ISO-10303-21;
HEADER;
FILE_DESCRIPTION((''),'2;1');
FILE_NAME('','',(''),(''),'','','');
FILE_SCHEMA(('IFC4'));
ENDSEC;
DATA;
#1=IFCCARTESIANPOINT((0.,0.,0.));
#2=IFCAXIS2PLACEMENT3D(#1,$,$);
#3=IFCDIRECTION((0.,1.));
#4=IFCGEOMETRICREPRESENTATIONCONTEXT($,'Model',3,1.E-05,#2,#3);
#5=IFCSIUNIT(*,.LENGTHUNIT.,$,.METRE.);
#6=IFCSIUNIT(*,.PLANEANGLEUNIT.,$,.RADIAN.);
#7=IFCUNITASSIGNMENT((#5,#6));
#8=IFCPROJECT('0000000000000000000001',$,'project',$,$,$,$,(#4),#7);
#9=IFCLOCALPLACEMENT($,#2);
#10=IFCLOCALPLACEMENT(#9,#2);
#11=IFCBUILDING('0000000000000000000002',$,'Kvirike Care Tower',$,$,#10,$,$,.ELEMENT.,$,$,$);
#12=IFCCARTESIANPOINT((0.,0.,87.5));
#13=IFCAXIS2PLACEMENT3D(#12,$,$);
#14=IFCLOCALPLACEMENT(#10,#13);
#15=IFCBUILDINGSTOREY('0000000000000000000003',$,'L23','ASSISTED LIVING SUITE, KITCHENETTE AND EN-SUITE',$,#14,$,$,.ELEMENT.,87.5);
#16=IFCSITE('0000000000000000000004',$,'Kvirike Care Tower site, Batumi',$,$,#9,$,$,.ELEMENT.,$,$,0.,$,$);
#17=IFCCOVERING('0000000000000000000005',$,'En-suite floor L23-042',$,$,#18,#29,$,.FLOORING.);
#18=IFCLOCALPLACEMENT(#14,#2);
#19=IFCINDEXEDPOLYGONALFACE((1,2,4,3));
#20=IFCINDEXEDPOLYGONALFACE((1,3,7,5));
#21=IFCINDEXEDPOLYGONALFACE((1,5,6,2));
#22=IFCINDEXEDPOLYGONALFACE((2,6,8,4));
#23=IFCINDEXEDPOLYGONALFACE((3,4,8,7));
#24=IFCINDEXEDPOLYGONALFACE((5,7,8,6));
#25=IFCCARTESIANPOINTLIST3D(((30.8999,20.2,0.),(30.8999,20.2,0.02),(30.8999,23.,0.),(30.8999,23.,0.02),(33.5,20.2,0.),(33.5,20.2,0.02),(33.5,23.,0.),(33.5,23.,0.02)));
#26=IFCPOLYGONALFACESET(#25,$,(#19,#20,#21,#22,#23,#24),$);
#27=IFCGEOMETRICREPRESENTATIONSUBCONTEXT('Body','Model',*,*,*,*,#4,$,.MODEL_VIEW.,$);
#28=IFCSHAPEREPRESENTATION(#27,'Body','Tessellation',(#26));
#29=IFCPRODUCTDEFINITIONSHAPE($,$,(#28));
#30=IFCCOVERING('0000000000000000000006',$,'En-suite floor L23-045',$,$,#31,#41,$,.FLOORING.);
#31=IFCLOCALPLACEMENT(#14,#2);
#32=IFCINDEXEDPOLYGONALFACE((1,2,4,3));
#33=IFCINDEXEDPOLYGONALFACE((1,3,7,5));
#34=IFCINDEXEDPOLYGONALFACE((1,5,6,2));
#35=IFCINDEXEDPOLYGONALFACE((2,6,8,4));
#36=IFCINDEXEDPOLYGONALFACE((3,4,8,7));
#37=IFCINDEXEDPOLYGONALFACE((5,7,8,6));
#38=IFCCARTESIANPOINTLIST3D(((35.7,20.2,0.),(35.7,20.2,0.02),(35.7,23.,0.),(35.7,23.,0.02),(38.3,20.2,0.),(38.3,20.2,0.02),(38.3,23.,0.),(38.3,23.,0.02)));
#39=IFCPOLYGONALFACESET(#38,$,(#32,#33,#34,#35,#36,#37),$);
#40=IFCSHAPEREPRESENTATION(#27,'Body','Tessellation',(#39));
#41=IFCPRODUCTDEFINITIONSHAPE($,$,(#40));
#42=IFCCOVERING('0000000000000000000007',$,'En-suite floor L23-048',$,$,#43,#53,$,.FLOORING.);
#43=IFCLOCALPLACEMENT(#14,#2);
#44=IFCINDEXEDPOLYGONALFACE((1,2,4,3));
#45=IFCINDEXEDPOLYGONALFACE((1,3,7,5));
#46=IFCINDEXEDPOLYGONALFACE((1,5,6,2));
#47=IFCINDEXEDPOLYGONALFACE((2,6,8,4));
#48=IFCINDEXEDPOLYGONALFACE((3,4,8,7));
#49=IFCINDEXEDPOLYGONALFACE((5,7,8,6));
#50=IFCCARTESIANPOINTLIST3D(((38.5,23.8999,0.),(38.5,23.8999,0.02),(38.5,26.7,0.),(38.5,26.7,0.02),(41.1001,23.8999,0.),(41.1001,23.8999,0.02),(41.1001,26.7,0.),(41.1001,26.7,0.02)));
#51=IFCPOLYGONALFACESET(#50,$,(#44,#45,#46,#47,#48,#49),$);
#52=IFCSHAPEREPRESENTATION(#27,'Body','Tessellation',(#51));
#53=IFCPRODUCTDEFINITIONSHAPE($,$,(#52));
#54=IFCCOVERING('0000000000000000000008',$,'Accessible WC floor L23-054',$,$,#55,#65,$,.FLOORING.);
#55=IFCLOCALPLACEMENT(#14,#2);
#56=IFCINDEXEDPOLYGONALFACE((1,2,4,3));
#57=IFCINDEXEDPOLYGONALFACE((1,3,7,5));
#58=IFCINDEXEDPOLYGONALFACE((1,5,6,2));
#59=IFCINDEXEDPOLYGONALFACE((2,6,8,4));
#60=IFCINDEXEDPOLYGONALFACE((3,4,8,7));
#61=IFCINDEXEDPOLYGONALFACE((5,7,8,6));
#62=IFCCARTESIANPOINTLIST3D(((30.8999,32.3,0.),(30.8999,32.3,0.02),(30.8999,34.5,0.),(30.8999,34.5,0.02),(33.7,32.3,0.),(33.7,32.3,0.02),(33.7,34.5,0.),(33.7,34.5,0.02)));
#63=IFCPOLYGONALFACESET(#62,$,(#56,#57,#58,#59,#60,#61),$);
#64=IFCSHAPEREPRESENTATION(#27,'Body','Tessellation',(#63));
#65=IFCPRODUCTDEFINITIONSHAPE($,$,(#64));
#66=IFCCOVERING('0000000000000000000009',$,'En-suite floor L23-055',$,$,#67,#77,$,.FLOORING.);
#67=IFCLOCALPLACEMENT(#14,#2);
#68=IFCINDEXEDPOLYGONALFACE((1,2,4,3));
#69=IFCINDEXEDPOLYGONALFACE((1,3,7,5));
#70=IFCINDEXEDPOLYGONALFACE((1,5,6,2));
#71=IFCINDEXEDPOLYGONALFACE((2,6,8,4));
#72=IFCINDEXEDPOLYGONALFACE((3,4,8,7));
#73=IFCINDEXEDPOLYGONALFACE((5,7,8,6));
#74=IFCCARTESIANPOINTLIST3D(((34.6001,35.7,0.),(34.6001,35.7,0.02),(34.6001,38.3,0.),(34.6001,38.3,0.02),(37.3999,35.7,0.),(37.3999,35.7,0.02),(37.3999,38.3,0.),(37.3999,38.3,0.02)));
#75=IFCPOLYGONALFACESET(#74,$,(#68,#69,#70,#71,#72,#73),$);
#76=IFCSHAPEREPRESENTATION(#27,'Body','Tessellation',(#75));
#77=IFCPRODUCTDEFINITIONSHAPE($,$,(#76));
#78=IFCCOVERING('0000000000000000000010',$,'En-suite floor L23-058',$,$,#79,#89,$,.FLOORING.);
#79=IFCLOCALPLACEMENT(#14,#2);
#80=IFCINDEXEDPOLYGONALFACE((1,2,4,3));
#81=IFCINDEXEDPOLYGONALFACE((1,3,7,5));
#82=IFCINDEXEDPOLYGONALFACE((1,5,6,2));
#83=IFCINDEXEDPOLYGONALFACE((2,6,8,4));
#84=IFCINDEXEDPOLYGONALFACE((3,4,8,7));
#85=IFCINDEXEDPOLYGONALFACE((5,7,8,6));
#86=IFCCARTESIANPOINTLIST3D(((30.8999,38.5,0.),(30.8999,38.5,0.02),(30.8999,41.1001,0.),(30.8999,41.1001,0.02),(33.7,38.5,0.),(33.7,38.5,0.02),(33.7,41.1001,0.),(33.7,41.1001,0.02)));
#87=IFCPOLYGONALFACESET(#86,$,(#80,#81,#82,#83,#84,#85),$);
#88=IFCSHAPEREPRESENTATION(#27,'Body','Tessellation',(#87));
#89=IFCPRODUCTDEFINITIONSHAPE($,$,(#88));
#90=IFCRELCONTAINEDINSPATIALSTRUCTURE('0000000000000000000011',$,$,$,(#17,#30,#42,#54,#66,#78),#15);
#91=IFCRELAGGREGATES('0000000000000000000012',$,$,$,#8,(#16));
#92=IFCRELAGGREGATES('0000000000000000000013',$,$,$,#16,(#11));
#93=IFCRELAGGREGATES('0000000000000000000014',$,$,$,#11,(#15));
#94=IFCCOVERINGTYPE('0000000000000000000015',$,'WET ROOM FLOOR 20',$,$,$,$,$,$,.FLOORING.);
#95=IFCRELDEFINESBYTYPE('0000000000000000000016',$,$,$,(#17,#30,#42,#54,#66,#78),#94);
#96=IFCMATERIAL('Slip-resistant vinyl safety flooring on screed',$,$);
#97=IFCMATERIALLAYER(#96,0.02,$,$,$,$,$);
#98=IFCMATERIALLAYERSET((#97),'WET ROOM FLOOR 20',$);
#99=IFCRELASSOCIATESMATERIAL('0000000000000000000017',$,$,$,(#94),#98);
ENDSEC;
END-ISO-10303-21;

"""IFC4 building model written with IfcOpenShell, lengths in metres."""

from ifc_helpers import new_model, si_unit, direction, frame, origin, place, context, subcontext, project, spatial, polyline, outline, extrude, material, layer, layer_set, type_object, element, save


model = new_model("IFC4")

# Units and contexts
model_context = context("Model", 3, precision=1e-05, world=origin(), true_north=direction((0.0, 1.0)))
body_context = subcontext(model_context, "Body", "Model", "MODEL_VIEW")
ifc_project = project(units=[si_unit("LENGTHUNIT", "METRE"), si_unit("PLANEANGLEUNIT", "RADIAN")], contexts=[model_context])

# Site, building, storey
site_placement = place(None, origin())
site = spatial("IfcSite", under=ifc_project, at=site_placement, Name="Kvirike Care Tower site, Batumi", CompositionType="ELEMENT", RefElevation=0.0)
building_placement = place(site_placement, origin())
building = spatial("IfcBuilding", under=site, at=building_placement, Name="Kvirike Care Tower", CompositionType="ELEMENT")
storey_placement = place(building_placement, frame((0.0, 0.0, 87.5)))
storey = spatial("IfcBuildingStorey", under=building, at=storey_placement, Name="L23", Description="ASSISTED LIVING SUITE, KITCHENETTE AND EN-SUITE", CompositionType="ELEMENT", Elevation=87.5)

# Coverings
ifc_material_1 = material(Name="Slip-resistant vinyl safety flooring on screed")
ifc_layer_1 = layer(ifc_material_1, 0.02)
ifc_layer_set_1 = layer_set([ifc_layer_1], Name="WET ROOM FLOOR 20")
covering_type_1 = type_object("IfcCoveringType", Name="WET ROOM FLOOR 20", PredefinedType="FLOORING", material=ifc_layer_set_1)
covering_1_placement = place(storey_placement, origin())
element("IfcCovering", 1, at=covering_1_placement, inside=storey, type_object=covering_type_1, Name="En-suite floor L23-042", PredefinedType="FLOORING", context=body_context, shape_type="SweptSolid", body=[
    extrude(outline(polyline([(30.8999, 20.2), (30.8999, 23.0), (33.5, 23.0), (33.5, 20.2), (30.8999, 20.2)])), origin(), (0.0, 0.0, 1.0), 0.02),
])
covering_2_placement = place(storey_placement, origin())
element("IfcCovering", 2, at=covering_2_placement, inside=storey, type_object=covering_type_1, Name="En-suite floor L23-045", PredefinedType="FLOORING", context=body_context, shape_type="SweptSolid", body=[
    extrude(outline(polyline([(35.7, 20.2), (35.7, 23.0), (38.3, 23.0), (38.3, 20.2), (35.7, 20.2)])), origin(), (0.0, 0.0, 1.0), 0.02),
])
covering_3_placement = place(storey_placement, origin())
element("IfcCovering", 3, at=covering_3_placement, inside=storey, type_object=covering_type_1, Name="En-suite floor L23-048", PredefinedType="FLOORING", context=body_context, shape_type="SweptSolid", body=[
    extrude(outline(polyline([(38.5, 23.8999), (38.5, 26.7), (41.1001, 26.7), (41.1001, 23.8999), (38.5, 23.8999)])), origin(), (0.0, 0.0, 1.0), 0.02),
])
covering_4_placement = place(storey_placement, origin())
element("IfcCovering", 4, at=covering_4_placement, inside=storey, type_object=covering_type_1, Name="Accessible WC floor L23-054", PredefinedType="FLOORING", context=body_context, shape_type="SweptSolid", body=[
    extrude(outline(polyline([(33.7, 32.3), (30.8999, 32.3), (30.8999, 34.5), (33.7, 34.5), (33.7, 32.3)])), origin(), (0.0, 0.0, 1.0), 0.02),
])
covering_5_placement = place(storey_placement, origin())
element("IfcCovering", 5, at=covering_5_placement, inside=storey, type_object=covering_type_1, Name="En-suite floor L23-055", PredefinedType="FLOORING", context=body_context, shape_type="SweptSolid", body=[
    extrude(outline(polyline([(37.3999, 35.7), (34.6001, 35.7), (34.6001, 38.3), (37.3999, 38.3), (37.3999, 35.7)])), origin(), (0.0, 0.0, 1.0), 0.02),
])
covering_6_placement = place(storey_placement, origin())
element("IfcCovering", 6, at=covering_6_placement, inside=storey, type_object=covering_type_1, Name="En-suite floor L23-058", PredefinedType="FLOORING", context=body_context, shape_type="SweptSolid", body=[
    extrude(outline(polyline([(33.7, 38.5), (30.8999, 38.5), (30.8999, 41.1001), (33.7, 41.1001), (33.7, 38.5)])), origin(), (0.0, 0.0, 1.0), 0.02),
])

save(model, "model.ifc")
